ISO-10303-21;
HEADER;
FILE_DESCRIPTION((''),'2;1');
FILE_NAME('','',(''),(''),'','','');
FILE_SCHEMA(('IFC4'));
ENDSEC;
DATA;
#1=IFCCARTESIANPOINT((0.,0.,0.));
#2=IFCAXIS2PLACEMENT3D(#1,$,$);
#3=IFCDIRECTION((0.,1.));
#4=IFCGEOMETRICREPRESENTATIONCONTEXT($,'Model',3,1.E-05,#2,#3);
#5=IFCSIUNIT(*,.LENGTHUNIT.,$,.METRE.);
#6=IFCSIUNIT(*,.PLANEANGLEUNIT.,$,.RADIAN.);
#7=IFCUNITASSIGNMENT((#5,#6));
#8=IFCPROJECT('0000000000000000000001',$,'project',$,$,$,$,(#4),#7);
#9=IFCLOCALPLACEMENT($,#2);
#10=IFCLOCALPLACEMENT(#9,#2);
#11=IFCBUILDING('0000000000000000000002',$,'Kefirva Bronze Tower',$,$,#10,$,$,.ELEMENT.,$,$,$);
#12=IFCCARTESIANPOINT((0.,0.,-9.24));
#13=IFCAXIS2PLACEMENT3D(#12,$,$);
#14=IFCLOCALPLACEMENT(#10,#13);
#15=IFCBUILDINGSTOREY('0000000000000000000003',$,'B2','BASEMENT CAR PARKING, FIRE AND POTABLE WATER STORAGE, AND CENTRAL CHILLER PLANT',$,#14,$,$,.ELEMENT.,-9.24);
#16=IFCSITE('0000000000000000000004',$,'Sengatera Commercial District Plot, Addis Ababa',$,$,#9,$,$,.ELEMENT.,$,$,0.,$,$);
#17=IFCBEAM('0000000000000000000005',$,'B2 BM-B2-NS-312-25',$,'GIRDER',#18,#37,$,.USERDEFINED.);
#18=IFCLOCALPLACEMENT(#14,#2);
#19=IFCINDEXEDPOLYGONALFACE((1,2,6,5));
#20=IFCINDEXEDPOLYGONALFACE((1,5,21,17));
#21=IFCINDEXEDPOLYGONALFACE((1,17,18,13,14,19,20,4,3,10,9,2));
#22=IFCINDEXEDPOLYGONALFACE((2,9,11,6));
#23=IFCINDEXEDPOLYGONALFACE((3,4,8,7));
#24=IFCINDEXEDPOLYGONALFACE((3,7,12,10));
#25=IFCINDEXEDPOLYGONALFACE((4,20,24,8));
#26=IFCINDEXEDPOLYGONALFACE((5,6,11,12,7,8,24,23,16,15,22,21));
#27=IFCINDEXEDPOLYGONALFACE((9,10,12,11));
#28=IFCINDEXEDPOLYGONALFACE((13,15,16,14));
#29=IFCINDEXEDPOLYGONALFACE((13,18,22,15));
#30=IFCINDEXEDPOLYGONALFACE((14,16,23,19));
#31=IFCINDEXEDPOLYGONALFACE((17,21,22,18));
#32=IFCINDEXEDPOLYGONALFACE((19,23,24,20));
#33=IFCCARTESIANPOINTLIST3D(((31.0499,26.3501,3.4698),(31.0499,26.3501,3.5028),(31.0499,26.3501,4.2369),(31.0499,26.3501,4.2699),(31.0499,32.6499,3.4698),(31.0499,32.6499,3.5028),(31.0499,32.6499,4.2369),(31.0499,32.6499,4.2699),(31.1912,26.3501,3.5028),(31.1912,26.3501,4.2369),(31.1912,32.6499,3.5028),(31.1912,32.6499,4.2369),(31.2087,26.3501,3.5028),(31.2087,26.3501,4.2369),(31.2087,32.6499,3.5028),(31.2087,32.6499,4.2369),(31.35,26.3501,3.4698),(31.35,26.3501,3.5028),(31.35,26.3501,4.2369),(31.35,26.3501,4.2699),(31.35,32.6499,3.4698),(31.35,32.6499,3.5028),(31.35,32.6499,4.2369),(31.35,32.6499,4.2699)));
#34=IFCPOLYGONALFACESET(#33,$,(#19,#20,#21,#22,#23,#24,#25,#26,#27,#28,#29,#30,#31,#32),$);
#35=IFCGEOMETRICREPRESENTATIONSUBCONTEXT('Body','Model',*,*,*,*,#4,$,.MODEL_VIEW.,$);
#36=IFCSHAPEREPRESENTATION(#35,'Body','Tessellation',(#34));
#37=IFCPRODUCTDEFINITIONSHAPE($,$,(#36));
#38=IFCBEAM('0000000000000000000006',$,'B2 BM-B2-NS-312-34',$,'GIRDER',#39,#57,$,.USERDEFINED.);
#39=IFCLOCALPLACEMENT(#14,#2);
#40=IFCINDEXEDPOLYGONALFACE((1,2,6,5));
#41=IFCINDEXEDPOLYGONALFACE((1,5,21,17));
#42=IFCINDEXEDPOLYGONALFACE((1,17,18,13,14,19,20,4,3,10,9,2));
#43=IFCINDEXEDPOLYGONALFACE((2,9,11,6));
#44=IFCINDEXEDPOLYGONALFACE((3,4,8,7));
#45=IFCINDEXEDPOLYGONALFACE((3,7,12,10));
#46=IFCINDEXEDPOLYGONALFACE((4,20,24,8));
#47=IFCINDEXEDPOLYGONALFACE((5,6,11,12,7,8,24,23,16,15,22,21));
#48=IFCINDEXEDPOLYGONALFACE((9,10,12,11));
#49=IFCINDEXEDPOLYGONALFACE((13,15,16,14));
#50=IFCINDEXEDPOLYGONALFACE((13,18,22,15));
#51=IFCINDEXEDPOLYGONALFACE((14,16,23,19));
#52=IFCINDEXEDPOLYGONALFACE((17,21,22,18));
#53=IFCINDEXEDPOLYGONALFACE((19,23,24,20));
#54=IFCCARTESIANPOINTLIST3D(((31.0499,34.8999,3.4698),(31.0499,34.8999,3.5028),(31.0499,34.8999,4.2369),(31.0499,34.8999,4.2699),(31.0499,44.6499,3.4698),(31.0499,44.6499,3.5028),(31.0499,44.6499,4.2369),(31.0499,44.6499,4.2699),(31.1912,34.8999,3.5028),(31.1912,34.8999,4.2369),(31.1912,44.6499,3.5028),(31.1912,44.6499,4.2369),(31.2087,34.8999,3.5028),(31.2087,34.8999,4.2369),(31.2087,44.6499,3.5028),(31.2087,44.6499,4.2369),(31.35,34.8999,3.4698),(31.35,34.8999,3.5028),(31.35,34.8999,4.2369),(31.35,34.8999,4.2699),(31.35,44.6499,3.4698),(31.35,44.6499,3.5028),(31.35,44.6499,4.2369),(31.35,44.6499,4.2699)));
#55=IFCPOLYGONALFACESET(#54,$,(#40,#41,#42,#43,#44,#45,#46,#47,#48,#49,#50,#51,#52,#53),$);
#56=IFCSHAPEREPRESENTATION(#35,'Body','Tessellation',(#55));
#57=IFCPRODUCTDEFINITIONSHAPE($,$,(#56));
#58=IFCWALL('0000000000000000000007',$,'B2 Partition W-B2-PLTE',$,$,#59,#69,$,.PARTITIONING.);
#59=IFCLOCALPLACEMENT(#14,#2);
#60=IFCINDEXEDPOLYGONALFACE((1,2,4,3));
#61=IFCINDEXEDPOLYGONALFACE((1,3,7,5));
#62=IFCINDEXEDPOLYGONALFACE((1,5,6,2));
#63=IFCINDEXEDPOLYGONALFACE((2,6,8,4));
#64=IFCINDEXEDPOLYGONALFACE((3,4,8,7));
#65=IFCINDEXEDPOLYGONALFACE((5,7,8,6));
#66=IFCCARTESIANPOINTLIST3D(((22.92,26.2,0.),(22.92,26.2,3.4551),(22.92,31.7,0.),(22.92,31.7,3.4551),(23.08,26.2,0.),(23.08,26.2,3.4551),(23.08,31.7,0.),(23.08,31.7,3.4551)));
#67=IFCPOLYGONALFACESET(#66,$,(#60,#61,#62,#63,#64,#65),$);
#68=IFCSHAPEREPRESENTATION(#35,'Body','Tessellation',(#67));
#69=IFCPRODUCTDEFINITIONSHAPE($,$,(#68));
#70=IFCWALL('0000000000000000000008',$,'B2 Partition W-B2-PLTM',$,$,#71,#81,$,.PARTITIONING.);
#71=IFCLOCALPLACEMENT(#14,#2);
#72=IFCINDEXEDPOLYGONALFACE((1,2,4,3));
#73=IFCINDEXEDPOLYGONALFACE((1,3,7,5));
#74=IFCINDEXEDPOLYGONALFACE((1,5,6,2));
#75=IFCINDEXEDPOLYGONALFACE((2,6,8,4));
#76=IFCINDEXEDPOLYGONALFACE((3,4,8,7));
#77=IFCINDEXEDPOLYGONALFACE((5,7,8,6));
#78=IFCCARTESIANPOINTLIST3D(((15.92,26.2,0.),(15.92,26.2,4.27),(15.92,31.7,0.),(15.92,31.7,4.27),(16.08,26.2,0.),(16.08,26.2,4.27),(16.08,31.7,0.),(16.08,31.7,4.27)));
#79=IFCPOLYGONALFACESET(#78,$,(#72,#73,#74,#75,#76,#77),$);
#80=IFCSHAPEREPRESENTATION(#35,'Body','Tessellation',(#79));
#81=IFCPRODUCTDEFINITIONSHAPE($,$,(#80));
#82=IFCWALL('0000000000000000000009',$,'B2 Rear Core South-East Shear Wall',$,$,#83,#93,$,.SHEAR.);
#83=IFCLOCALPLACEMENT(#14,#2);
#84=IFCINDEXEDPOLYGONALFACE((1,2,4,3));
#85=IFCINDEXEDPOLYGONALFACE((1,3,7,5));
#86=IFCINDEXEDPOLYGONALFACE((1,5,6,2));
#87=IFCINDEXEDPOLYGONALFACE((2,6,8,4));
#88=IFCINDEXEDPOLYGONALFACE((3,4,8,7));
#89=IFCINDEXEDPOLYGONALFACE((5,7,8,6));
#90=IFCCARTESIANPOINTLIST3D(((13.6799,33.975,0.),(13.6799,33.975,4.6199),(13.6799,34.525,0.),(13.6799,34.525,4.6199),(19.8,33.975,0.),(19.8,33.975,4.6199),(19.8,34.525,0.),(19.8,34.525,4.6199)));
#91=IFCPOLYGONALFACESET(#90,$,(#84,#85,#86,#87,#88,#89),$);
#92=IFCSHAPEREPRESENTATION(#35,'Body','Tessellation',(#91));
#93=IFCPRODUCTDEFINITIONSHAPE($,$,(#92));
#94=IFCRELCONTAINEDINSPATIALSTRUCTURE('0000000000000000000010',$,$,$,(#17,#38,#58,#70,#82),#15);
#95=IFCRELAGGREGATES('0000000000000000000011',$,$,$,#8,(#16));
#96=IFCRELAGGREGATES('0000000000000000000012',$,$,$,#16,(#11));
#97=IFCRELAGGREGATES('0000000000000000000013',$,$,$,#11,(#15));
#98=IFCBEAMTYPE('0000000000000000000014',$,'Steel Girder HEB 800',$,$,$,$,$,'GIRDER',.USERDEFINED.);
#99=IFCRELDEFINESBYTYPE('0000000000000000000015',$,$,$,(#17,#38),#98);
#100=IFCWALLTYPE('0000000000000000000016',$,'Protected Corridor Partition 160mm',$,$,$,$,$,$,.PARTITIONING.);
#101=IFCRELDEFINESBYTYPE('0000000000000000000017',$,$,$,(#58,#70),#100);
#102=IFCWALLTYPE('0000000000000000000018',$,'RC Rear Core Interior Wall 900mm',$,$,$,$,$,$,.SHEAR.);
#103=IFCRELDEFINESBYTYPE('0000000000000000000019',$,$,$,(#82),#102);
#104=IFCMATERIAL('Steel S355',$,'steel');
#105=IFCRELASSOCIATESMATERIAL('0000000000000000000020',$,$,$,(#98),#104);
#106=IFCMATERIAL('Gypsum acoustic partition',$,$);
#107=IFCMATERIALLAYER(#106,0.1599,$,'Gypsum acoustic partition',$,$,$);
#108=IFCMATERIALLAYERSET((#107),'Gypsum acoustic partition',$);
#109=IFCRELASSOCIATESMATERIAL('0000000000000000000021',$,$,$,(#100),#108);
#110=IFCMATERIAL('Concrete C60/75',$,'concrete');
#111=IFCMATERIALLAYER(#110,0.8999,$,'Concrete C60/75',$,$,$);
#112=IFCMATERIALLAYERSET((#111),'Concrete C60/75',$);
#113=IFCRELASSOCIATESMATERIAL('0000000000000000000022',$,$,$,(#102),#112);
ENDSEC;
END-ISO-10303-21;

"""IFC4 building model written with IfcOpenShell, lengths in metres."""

from ifc_helpers import new_model, si_unit, direction, frame, frame_2d, origin, origin_2d, place, context, subcontext, project, spatial, rectangle, i_section, extrude, material, layer, layer_set, material_profile, profile_set, type_object, element, save


model = new_model("IFC4")

# Units and contexts
model_context = context("Model", 3, precision=1e-05, world=origin(), true_north=direction((0.0, 1.0)))
body_context = subcontext(model_context, "Body", "Model", "MODEL_VIEW")
ifc_project = project(units=[si_unit("LENGTHUNIT", "METRE"), si_unit("PLANEANGLEUNIT", "RADIAN")], contexts=[model_context])

# Site, building, storey
site_placement = place(None, origin())
site = spatial("IfcSite", under=ifc_project, at=site_placement, Name="Sengatera Commercial District Plot, Addis Ababa", CompositionType="ELEMENT", RefElevation=0.0)
building_placement = place(site_placement, origin())
building = spatial("IfcBuilding", under=site, at=building_placement, Name="Kefirva Bronze Tower", CompositionType="ELEMENT")
storey_placement = place(building_placement, frame((0.0, 0.0, -9.24)))
storey = spatial("IfcBuildingStorey", under=building, at=storey_placement, Name="B2", Description="BASEMENT CAR PARKING, FIRE AND POTABLE WATER STORAGE, AND CENTRAL CHILLER PLANT", CompositionType="ELEMENT", Elevation=-9.24)

# Shared definitions
ifc_material_1 = material(Name="Concrete C60/75", Category="concrete")

# Beams
ifc_material_2 = material(Name="Steel S355", Category="steel")
ifc_material_profile_1 = material_profile(ifc_material_2, i_section(OverallWidth=0.3, OverallDepth=0.8, WebThickness=0.0176, FlangeThickness=0.033, at=origin_2d()), Name="HEB 800")
ifc_profile_set_1 = profile_set([ifc_material_profile_1], Name="Steel S355")
beam_type_1 = type_object("IfcBeamType", Name="Steel Girder HEB 800", ElementType="GIRDER", PredefinedType="USERDEFINED", material=ifc_profile_set_1)
beam_1_placement = place(storey_placement, frame((31.2, 26.3501, 3.8699), z_axis=(0.0, 1.0, 0.0), x_axis=(-1.0, 0.0, 0.0)))
element("IfcBeam", 1, at=beam_1_placement, inside=storey, type_object=beam_type_1, Name="B2 BM-B2-NS-312-25", ObjectType="GIRDER", PredefinedType="USERDEFINED", context=body_context, shape_type="SweptSolid", body=[
    extrude(i_section(OverallWidth=0.3, OverallDepth=0.8, WebThickness=0.0176, FlangeThickness=0.033, at=origin_2d()), origin(), (0.0, 0.0, 1.0), 6.2998),
])
beam_2_placement = place(storey_placement, frame((31.2, 34.8999, 3.8699), z_axis=(0.0, 1.0, 0.0), x_axis=(-1.0, 0.0, 0.0)))
element("IfcBeam", 2, at=beam_2_placement, inside=storey, type_object=beam_type_1, Name="B2 BM-B2-NS-312-34", ObjectType="GIRDER", PredefinedType="USERDEFINED", context=body_context, shape_type="SweptSolid", body=[
    extrude(i_section(OverallWidth=0.3, OverallDepth=0.8, WebThickness=0.0176, FlangeThickness=0.033, at=origin_2d()), origin(), (0.0, 0.0, 1.0), 9.75),
])

# Walls
ifc_material_3 = material(Name="Gypsum acoustic partition")
ifc_layer_1 = layer(ifc_material_3, 0.1599, Name="Gypsum acoustic partition")
ifc_layer_set_1 = layer_set([ifc_layer_1], Name="Gypsum acoustic partition")
wall_type_1 = type_object("IfcWallType", Name="Protected Corridor Partition 160mm", PredefinedType="PARTITIONING", material=ifc_layer_set_1)
wall_1_placement = place(storey_placement, frame((23.0, 26.2, 0.0), z_axis=(0.0, 0.0, 1.0), x_axis=(0.0, 1.0, 0.0)))
element("IfcWall", 3, at=wall_1_placement, inside=storey, type_object=wall_type_1, Name="B2 Partition W-B2-PLTE", PredefinedType="PARTITIONING", context=body_context, shape_type="SweptSolid", body=[
    extrude(rectangle(XDim=5.5, YDim=0.1599, at=frame_2d((2.75, 0.0))), origin(), (0.0, 0.0, 1.0), 3.4551),
])
wall_2_placement = place(storey_placement, frame((16.0, 26.2, 0.0), z_axis=(0.0, 0.0, 1.0), x_axis=(0.0, 1.0, 0.0)))
element("IfcWall", 4, at=wall_2_placement, inside=storey, type_object=wall_type_1, Name="B2 Partition W-B2-PLTM", PredefinedType="PARTITIONING", context=body_context, shape_type="SweptSolid", body=[
    extrude(rectangle(XDim=5.5, YDim=0.1599, at=frame_2d((2.75, 0.0))), origin(), (0.0, 0.0, 1.0), 4.27),
])
ifc_layer_2 = layer(ifc_material_1, 0.8999, Name="Concrete C60/75")
ifc_layer_set_2 = layer_set([ifc_layer_2], Name="Concrete C60/75")
wall_type_2 = type_object("IfcWallType", Name="RC Rear Core Interior Wall 900mm", PredefinedType="SHEAR", material=ifc_layer_set_2)
wall_3_placement = place(storey_placement, frame((13.6799, 34.25, 0.0), z_axis=(0.0, 0.0, 1.0), x_axis=(1.0, 0.0, 0.0)))
element("IfcWall", 5, at=wall_3_placement, inside=storey, type_object=wall_type_2, Name="B2 Rear Core South-East Shear Wall", PredefinedType="SHEAR", context=body_context, shape_type="SweptSolid", body=[
    extrude(rectangle(XDim=6.1201, YDim=0.55, at=frame_2d((3.0601, 0.0))), origin(), (0.0, 0.0, 1.0), 4.6199),
])

save(model, "model.ifc")
